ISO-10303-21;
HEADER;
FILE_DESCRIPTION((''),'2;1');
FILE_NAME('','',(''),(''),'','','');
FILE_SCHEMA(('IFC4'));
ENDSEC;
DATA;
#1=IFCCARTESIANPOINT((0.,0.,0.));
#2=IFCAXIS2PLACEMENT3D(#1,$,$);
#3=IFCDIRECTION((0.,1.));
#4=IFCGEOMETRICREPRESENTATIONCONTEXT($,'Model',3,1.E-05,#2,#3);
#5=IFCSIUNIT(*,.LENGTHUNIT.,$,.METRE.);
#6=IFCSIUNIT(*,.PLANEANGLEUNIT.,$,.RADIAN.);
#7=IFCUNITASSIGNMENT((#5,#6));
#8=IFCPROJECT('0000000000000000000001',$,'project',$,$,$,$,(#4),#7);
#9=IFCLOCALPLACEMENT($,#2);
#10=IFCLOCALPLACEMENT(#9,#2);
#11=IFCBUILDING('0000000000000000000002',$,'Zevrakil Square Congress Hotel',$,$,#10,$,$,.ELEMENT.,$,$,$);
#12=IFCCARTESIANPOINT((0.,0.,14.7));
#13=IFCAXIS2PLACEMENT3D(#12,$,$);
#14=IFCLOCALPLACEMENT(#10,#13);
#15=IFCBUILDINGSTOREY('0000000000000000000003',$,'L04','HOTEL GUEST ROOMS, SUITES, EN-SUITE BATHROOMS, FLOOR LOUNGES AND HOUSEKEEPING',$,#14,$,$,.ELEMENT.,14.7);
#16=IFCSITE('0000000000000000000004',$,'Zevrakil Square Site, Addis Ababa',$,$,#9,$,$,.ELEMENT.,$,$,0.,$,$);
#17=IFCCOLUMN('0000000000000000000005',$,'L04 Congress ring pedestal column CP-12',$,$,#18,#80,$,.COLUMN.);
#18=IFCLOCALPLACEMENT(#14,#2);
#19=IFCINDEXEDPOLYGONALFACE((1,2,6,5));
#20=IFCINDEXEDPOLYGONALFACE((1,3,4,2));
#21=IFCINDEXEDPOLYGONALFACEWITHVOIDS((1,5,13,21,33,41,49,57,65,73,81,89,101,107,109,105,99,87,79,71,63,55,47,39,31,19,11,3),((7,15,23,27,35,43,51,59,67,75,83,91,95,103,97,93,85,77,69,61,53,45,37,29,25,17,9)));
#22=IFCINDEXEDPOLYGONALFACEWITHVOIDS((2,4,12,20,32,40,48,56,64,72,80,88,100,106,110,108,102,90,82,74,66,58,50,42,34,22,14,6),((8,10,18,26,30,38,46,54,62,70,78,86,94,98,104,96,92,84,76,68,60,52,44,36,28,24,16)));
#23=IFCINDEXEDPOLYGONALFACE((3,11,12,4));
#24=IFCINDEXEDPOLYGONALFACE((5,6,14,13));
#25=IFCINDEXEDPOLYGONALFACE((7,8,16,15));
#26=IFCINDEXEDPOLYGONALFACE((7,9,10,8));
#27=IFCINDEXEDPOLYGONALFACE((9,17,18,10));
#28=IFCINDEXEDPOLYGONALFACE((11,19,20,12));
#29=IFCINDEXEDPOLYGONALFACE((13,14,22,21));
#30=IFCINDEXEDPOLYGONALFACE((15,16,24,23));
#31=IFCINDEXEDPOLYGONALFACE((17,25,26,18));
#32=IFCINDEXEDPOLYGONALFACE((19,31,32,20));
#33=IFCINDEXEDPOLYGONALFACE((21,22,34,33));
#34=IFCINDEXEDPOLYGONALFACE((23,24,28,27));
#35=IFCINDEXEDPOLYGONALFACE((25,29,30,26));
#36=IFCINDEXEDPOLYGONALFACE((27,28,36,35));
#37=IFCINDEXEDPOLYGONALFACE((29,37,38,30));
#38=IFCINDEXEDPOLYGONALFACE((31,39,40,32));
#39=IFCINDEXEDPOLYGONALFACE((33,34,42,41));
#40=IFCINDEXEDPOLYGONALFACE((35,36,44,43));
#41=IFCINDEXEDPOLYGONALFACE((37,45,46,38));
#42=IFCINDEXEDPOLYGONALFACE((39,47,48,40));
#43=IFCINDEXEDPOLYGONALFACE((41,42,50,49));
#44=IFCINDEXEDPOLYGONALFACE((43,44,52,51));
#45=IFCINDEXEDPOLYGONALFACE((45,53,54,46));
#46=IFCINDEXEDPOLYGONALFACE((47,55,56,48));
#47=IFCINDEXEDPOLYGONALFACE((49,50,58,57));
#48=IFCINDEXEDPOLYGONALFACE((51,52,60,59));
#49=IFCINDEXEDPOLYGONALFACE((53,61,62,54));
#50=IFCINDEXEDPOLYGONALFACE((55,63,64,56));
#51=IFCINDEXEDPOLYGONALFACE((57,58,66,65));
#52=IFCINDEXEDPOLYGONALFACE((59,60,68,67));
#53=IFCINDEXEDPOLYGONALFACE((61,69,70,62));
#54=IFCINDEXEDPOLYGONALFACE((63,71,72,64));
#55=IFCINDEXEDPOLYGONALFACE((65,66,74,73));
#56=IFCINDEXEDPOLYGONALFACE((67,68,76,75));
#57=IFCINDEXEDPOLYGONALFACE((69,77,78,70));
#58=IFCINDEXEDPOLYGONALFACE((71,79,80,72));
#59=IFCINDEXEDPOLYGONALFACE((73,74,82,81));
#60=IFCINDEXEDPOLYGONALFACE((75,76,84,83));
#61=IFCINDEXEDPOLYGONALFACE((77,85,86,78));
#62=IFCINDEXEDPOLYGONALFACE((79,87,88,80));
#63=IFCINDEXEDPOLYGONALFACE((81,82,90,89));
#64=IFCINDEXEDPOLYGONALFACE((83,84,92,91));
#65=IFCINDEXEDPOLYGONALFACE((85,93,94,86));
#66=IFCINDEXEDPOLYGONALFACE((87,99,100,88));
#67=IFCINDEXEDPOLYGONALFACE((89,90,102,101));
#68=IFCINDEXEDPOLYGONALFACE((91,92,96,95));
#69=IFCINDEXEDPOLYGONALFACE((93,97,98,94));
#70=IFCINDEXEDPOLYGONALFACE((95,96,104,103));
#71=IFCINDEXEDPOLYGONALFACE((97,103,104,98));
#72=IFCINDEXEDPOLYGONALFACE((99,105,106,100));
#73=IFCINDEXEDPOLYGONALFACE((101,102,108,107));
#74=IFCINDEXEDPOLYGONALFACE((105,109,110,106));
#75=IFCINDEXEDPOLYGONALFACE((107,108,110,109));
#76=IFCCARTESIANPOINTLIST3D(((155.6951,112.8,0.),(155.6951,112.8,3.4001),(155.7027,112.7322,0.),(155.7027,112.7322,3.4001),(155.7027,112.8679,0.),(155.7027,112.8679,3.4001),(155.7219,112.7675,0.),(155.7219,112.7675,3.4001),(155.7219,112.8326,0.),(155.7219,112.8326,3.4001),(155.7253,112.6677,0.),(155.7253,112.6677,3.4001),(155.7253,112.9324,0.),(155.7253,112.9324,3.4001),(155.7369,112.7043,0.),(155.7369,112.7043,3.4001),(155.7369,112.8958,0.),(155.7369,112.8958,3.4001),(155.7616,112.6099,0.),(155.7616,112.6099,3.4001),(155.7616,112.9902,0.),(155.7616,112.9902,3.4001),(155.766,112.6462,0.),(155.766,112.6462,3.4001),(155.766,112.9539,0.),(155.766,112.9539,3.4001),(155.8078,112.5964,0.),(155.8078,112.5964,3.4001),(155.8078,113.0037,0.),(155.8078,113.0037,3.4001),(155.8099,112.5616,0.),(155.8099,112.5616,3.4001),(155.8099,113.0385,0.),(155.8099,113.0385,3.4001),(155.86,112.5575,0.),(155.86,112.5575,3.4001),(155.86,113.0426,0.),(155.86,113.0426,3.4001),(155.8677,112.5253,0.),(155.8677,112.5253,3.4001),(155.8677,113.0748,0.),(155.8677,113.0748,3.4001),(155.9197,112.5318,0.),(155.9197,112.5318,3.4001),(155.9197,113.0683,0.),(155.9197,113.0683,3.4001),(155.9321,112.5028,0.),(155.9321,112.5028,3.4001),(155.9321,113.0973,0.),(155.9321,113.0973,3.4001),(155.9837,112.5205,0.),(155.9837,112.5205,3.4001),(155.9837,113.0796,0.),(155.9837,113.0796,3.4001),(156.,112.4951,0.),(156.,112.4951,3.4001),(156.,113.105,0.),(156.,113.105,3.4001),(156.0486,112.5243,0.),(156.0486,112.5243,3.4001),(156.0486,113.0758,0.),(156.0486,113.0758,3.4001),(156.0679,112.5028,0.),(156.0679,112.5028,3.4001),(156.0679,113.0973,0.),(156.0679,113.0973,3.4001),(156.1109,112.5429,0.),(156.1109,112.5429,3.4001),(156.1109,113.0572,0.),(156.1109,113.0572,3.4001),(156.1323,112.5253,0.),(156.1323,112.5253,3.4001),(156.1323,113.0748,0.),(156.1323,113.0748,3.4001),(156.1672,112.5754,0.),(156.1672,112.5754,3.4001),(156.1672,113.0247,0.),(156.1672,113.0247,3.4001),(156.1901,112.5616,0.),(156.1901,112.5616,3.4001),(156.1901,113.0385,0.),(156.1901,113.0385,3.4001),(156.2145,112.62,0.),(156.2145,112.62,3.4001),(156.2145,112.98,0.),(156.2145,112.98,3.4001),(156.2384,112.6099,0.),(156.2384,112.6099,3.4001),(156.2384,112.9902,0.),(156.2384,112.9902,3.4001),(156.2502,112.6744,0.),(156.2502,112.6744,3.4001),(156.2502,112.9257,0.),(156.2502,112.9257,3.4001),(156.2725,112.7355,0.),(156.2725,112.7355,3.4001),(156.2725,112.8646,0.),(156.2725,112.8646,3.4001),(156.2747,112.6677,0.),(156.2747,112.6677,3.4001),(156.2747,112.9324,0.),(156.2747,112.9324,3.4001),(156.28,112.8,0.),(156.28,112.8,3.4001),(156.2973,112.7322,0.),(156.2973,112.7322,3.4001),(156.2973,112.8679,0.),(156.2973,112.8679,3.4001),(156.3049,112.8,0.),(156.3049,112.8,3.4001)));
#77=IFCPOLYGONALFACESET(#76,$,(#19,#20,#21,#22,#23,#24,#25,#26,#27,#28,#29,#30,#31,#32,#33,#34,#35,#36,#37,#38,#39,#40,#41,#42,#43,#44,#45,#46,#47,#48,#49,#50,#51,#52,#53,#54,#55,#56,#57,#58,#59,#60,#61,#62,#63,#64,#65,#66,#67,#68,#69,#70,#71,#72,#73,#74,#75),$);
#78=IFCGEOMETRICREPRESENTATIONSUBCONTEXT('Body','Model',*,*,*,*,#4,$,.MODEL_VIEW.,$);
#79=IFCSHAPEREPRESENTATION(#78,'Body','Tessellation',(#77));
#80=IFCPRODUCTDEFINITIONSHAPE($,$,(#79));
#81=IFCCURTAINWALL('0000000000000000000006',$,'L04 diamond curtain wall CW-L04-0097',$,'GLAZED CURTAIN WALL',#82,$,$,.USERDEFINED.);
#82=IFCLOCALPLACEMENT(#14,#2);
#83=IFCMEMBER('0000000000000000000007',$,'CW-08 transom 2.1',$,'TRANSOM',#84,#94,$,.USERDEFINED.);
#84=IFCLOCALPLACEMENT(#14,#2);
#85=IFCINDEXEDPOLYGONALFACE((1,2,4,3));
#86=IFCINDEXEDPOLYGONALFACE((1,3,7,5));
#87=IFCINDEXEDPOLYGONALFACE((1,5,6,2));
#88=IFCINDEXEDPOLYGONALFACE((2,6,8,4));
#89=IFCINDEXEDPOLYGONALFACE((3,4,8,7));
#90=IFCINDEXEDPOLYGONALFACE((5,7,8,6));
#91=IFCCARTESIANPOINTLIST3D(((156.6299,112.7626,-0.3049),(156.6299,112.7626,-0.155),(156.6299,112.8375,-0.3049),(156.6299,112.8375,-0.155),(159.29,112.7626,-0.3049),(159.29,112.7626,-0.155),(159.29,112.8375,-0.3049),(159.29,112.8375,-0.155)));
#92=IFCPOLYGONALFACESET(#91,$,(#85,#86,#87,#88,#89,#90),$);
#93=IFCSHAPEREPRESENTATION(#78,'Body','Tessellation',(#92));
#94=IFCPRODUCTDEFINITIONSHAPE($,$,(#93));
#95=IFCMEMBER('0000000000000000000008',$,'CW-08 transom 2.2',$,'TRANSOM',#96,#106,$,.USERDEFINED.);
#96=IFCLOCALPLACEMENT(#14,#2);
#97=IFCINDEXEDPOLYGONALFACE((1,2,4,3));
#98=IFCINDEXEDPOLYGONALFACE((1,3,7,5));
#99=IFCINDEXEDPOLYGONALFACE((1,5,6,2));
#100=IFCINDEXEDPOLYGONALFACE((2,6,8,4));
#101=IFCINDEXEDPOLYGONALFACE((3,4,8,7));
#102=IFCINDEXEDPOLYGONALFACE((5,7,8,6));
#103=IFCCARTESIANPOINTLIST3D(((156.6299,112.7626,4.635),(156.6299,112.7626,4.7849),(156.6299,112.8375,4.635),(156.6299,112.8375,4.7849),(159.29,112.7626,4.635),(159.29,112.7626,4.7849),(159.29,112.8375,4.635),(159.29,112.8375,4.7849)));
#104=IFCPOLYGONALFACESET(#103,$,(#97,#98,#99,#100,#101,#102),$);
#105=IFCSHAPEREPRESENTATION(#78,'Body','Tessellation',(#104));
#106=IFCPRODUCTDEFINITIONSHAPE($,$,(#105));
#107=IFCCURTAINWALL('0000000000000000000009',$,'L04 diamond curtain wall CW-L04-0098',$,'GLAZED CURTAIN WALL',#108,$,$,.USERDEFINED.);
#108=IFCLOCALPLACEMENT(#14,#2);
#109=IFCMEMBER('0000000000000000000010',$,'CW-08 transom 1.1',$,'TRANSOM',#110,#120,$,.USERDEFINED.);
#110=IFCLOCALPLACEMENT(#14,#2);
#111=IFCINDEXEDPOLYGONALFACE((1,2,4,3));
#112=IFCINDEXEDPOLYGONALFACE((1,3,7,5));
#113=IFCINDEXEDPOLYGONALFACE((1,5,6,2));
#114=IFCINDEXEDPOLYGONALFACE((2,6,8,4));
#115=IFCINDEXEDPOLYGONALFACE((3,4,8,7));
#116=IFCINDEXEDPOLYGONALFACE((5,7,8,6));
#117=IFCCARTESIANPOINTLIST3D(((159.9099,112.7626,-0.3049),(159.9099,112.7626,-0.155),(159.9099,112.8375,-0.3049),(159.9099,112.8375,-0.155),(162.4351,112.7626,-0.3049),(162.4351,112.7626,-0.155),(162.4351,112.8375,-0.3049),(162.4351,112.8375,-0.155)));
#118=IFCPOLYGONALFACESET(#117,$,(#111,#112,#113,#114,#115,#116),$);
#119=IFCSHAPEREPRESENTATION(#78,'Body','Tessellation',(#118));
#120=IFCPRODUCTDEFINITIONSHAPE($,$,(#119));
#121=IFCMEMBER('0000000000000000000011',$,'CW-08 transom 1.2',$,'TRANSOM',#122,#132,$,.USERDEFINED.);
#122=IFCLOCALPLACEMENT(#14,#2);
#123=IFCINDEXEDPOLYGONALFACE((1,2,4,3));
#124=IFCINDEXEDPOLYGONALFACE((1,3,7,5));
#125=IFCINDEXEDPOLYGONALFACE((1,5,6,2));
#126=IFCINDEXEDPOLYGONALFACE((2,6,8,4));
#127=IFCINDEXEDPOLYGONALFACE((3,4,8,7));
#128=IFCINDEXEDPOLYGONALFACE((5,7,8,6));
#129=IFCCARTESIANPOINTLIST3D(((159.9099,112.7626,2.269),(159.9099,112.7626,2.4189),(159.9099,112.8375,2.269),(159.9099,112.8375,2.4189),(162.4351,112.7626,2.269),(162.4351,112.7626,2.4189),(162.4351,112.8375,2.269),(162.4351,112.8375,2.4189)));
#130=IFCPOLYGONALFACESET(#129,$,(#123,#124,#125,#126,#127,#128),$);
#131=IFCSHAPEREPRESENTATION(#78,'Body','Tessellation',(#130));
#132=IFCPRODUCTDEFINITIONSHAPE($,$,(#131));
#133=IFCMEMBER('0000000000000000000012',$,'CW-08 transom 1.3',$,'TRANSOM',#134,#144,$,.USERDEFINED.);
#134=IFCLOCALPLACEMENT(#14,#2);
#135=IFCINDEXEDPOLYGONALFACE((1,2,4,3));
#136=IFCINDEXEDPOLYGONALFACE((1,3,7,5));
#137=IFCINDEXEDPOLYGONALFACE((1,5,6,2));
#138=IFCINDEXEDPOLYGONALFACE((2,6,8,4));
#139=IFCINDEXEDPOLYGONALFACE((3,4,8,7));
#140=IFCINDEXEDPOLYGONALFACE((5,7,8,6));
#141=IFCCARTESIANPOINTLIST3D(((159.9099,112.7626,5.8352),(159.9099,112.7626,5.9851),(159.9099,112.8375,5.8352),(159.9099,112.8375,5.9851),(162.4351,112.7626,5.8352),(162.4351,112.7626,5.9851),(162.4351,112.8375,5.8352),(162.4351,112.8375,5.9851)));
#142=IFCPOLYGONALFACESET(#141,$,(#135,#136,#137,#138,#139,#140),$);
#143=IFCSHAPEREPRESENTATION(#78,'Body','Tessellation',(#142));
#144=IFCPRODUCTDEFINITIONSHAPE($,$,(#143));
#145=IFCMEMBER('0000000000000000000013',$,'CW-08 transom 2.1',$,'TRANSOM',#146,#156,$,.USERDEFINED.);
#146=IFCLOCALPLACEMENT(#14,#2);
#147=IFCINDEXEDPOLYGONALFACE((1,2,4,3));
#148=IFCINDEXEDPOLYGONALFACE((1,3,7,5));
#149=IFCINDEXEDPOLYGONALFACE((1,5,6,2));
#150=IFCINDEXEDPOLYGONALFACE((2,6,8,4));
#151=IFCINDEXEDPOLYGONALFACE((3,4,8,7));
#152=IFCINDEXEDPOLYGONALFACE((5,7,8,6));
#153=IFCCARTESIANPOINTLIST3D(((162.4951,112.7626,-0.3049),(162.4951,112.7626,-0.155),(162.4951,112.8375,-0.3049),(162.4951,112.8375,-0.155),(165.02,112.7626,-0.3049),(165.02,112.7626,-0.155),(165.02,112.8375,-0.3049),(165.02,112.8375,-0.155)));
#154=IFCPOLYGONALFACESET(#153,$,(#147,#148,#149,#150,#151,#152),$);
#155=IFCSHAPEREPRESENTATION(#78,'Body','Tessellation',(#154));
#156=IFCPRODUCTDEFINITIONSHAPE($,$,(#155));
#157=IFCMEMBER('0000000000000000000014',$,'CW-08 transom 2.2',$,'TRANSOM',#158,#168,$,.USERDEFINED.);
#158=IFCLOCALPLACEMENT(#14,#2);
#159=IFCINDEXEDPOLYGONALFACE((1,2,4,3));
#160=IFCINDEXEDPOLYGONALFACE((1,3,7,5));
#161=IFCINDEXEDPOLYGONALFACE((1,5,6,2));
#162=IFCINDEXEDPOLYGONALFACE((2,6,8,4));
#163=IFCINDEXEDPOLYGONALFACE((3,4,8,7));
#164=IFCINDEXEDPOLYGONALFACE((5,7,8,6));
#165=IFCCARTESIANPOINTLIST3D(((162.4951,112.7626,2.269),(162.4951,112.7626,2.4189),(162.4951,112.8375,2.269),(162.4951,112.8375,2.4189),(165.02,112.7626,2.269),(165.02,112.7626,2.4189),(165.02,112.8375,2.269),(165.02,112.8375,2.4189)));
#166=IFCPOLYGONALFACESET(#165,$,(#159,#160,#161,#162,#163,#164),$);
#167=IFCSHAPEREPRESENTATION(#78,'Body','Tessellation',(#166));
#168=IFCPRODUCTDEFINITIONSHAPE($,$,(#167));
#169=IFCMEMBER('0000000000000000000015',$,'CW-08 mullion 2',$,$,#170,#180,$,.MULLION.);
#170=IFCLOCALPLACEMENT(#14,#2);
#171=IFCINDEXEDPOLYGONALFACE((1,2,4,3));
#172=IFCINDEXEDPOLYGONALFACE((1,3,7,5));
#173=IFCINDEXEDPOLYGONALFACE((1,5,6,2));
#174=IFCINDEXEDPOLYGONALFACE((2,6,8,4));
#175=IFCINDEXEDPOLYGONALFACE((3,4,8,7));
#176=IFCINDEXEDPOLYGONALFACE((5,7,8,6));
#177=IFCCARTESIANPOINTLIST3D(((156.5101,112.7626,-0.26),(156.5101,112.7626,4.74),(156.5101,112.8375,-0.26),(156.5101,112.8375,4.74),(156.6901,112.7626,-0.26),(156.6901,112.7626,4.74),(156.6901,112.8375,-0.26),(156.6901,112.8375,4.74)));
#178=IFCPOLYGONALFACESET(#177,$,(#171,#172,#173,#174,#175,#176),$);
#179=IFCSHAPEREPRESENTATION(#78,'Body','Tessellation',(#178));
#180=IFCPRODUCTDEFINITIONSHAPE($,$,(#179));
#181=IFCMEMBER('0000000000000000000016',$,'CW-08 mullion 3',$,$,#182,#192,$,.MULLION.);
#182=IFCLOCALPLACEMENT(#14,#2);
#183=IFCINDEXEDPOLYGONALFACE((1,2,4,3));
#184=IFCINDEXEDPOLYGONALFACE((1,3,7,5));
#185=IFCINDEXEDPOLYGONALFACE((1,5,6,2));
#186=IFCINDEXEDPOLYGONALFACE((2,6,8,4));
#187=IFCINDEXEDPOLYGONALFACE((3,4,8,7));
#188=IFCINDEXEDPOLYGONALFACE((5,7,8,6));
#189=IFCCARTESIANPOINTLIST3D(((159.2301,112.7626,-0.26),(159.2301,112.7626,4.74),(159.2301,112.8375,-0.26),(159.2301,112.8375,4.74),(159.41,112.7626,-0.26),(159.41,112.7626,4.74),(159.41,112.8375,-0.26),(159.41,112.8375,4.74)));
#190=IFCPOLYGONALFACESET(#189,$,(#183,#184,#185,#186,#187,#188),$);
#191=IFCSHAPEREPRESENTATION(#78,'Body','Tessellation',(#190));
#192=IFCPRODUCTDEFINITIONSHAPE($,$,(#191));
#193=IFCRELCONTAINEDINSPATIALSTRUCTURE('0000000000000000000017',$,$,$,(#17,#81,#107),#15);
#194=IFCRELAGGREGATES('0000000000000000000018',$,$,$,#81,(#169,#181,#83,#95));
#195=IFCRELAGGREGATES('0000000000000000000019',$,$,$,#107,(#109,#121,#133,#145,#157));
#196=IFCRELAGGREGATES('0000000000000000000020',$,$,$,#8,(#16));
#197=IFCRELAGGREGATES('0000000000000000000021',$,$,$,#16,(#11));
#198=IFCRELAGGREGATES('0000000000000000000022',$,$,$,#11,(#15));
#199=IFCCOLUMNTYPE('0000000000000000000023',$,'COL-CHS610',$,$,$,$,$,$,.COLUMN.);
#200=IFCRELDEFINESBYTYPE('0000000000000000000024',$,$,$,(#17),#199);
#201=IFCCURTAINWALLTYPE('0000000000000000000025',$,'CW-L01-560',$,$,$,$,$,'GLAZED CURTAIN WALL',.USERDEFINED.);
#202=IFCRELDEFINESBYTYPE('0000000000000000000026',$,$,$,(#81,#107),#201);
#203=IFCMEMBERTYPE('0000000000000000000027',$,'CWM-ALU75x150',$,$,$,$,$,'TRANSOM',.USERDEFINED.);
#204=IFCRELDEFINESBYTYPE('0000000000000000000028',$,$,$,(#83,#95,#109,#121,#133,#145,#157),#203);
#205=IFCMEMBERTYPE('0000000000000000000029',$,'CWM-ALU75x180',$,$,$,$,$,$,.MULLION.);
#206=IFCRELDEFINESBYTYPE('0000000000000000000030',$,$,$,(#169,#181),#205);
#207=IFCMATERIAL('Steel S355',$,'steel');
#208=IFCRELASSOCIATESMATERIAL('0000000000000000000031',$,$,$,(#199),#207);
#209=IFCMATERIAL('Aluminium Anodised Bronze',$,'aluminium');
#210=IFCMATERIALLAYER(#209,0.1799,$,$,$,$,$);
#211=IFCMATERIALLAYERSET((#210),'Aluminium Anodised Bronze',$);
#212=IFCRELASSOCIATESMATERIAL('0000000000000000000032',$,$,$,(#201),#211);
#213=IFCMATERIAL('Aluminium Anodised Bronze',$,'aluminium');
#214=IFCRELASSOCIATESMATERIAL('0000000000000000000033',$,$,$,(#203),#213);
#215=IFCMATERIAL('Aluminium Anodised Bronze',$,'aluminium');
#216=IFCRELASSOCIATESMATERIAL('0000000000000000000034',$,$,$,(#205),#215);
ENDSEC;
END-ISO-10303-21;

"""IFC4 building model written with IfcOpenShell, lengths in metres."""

from ifc_helpers import new_model, si_unit, direction, frame, origin, origin_2d, place, context, subcontext, project, spatial, rectangle, hollow_circle, extrude, material, layer, layer_set, material_profile, profile_set, type_object, element, aggregate, save


model = new_model("IFC4")

# Units and contexts
model_context = context("Model", 3, precision=1e-05, world=origin(), true_north=direction((0.0, 1.0)))
body_context = subcontext(model_context, "Body", "Model", "MODEL_VIEW")
ifc_project = project(units=[si_unit("LENGTHUNIT", "METRE"), si_unit("PLANEANGLEUNIT", "RADIAN")], contexts=[model_context])

# Site, building, storey
site_placement = place(None, origin())
site = spatial("IfcSite", under=ifc_project, at=site_placement, Name="Zevrakil Square Site, Addis Ababa", CompositionType="ELEMENT", RefElevation=0.0)
building_placement = place(site_placement, origin())
building = spatial("IfcBuilding", under=site, at=building_placement, Name="Zevrakil Square Congress Hotel", CompositionType="ELEMENT")
storey_placement = place(building_placement, frame((0.0, 0.0, 14.7)))
storey = spatial("IfcBuildingStorey", under=building, at=storey_placement, Name="L04", Description="HOTEL GUEST ROOMS, SUITES, EN-SUITE BATHROOMS, FLOOR LOUNGES AND HOUSEKEEPING", CompositionType="ELEMENT", Elevation=14.7)

# Column
ifc_material_1 = material(Name="Steel S355", Category="steel")
ifc_material_profile_1 = material_profile(ifc_material_1, hollow_circle(Radius=0.3049, WallThickness=0.0249, at=origin_2d()), Name="CHS 610x25")
ifc_profile_set_1 = profile_set([ifc_material_profile_1], Name="Steel S355")
column_type = type_object("IfcColumnType", Name="COL-CHS610", PredefinedType="COLUMN", material=ifc_profile_set_1)
column_placement = place(storey_placement, frame((156.0, 112.8, 0.0), z_axis=(0.0, 0.0, 1.0), x_axis=(1.0, 0.0, 0.0)))
element("IfcColumn", 1, at=column_placement, inside=storey, type_object=column_type, Name="L04 Congress ring pedestal column CP-12", PredefinedType="COLUMN", context=body_context, shape_type="SweptSolid", body=[
    extrude(hollow_circle(Radius=0.3049, WallThickness=0.0249, at=origin_2d()), origin(), (0.0, 0.0, 1.0), 3.4001),
])

# Curtain walls, members
ifc_material_2 = material(Name="Aluminium Anodised Bronze", Category="aluminium")
ifc_layer_1 = layer(ifc_material_2, 0.1799)
ifc_layer_set_1 = layer_set([ifc_layer_1], Name="Aluminium Anodised Bronze")
curtain_wall_type = type_object("IfcCurtainWallType", Name="CW-L01-560", ElementType="GLAZED CURTAIN WALL", PredefinedType="USERDEFINED", material=ifc_layer_set_1)
curtain_wall_1_placement = place(storey_placement, origin())
curtain_wall_1 = element("IfcCurtainWall", 2, at=curtain_wall_1_placement, inside=storey, type_object=curtain_wall_type, Name="L04 diamond curtain wall CW-L04-0097", ObjectType="GLAZED CURTAIN WALL", PredefinedType="USERDEFINED")
ifc_material_3 = material(Name="Aluminium Anodised Bronze", Category="aluminium")
ifc_material_profile_2 = material_profile(ifc_material_3, rectangle(XDim=0.075, YDim=0.1499, at=origin_2d()), Name="ALU 75x150")
ifc_profile_set_2 = profile_set([ifc_material_profile_2], Name="Aluminium Anodised Bronze")
member_type_1 = type_object("IfcMemberType", Name="CWM-ALU75x150", ElementType="TRANSOM", PredefinedType="USERDEFINED", material=ifc_profile_set_2)
member_1_placement = place(storey_placement, frame((156.6299, 112.8, -0.23), z_axis=(1.0, 0.0, 0.0), x_axis=(0.0, 1.0, 0.0)))
member_1 = element("IfcMember", 3, at=member_1_placement, type_object=member_type_1, Name="CW-08 transom 2.1", ObjectType="TRANSOM", PredefinedType="USERDEFINED", context=body_context, shape_type="SweptSolid", body=[
    extrude(rectangle(XDim=0.075, YDim=0.1499, at=origin_2d()), origin(), (0.0, 0.0, 1.0), 2.6602),
])
member_2_placement = place(storey_placement, frame((156.6299, 112.8, 4.71), z_axis=(1.0, 0.0, 0.0), x_axis=(0.0, 1.0, 0.0)))
member_2 = element("IfcMember", 4, at=member_2_placement, type_object=member_type_1, Name="CW-08 transom 2.2", ObjectType="TRANSOM", PredefinedType="USERDEFINED", context=body_context, shape_type="SweptSolid", body=[
    extrude(rectangle(XDim=0.075, YDim=0.1499, at=origin_2d()), origin(), (0.0, 0.0, 1.0), 2.6602),
])
curtain_wall_2_placement = place(storey_placement, origin())
curtain_wall_2 = element("IfcCurtainWall", 5, at=curtain_wall_2_placement, inside=storey, type_object=curtain_wall_type, Name="L04 diamond curtain wall CW-L04-0098", ObjectType="GLAZED CURTAIN WALL", PredefinedType="USERDEFINED")
member_3_placement = place(storey_placement, frame((159.9099, 112.8, -0.23), z_axis=(1.0, 0.0, 0.0), x_axis=(0.0, 1.0, 0.0)))
member_3 = element("IfcMember", 6, at=member_3_placement, type_object=member_type_1, Name="CW-08 transom 1.1", ObjectType="TRANSOM", PredefinedType="USERDEFINED", context=body_context, shape_type="SweptSolid", body=[
    extrude(rectangle(XDim=0.075, YDim=0.1499, at=origin_2d()), origin(), (0.0, 0.0, 1.0), 2.5251),
])
member_4_placement = place(storey_placement, frame((159.9099, 112.8, 2.344), z_axis=(1.0, 0.0, 0.0), x_axis=(0.0, 1.0, 0.0)))
member_4 = element("IfcMember", 7, at=member_4_placement, type_object=member_type_1, Name="CW-08 transom 1.2", ObjectType="TRANSOM", PredefinedType="USERDEFINED", context=body_context, shape_type="SweptSolid", body=[
    extrude(rectangle(XDim=0.075, YDim=0.1499, at=origin_2d()), origin(), (0.0, 0.0, 1.0), 2.5251),
])
member_5_placement = place(storey_placement, frame((159.9099, 112.8, 5.9102), z_axis=(1.0, 0.0, 0.0), x_axis=(0.0, 1.0, 0.0)))
member_5 = element("IfcMember", 8, at=member_5_placement, type_object=member_type_1, Name="CW-08 transom 1.3", ObjectType="TRANSOM", PredefinedType="USERDEFINED", context=body_context, shape_type="SweptSolid", body=[
    extrude(rectangle(XDim=0.075, YDim=0.1499, at=origin_2d()), origin(), (0.0, 0.0, 1.0), 2.5251),
])
member_6_placement = place(storey_placement, frame((162.4951, 112.8, -0.23), z_axis=(1.0, 0.0, 0.0), x_axis=(0.0, 1.0, 0.0)))
member_6 = element("IfcMember", 9, at=member_6_placement, type_object=member_type_1, Name="CW-08 transom 2.1", ObjectType="TRANSOM", PredefinedType="USERDEFINED", context=body_context, shape_type="SweptSolid", body=[
    extrude(rectangle(XDim=0.075, YDim=0.1499, at=origin_2d()), origin(), (0.0, 0.0, 1.0), 2.5249),
])
member_7_placement = place(storey_placement, frame((162.4951, 112.8, 2.344), z_axis=(1.0, 0.0, 0.0), x_axis=(0.0, 1.0, 0.0)))
member_7 = element("IfcMember", 10, at=member_7_placement, type_object=member_type_1, Name="CW-08 transom 2.2", ObjectType="TRANSOM", PredefinedType="USERDEFINED", context=body_context, shape_type="SweptSolid", body=[
    extrude(rectangle(XDim=0.075, YDim=0.1499, at=origin_2d()), origin(), (0.0, 0.0, 1.0), 2.5249),
])

# Members
ifc_material_4 = material(Name="Aluminium Anodised Bronze", Category="aluminium")
ifc_material_profile_3 = material_profile(ifc_material_4, rectangle(XDim=0.075, YDim=0.1799, at=origin_2d()), Name="ALU 75x180")
ifc_profile_set_3 = profile_set([ifc_material_profile_3], Name="Aluminium Anodised Bronze")
member_type_2 = type_object("IfcMemberType", Name="CWM-ALU75x180", PredefinedType="MULLION", material=ifc_profile_set_3)
member_8_placement = place(storey_placement, frame((156.6001, 112.8, -0.26), z_axis=(0.0, 0.0, 1.0), x_axis=(0.0, 1.0, 0.0)))
member_8 = element("IfcMember", 11, at=member_8_placement, type_object=member_type_2, Name="CW-08 mullion 2", PredefinedType="MULLION", context=body_context, shape_type="SweptSolid", body=[
    extrude(rectangle(XDim=0.075, YDim=0.1799, at=origin_2d()), origin(), (0.0, 0.0, 1.0), 5.0),
])
member_9_placement = place(storey_placement, frame((159.3201, 112.8, -0.26), z_axis=(0.0, 0.0, 1.0), x_axis=(0.0, 1.0, 0.0)))
member_9 = element("IfcMember", 12, at=member_9_placement, type_object=member_type_2, Name="CW-08 mullion 3", PredefinedType="MULLION", context=body_context, shape_type="SweptSolid", body=[
    extrude(rectangle(XDim=0.075, YDim=0.1799, at=origin_2d()), origin(), (0.0, 0.0, 1.0), 5.0),
])

aggregate(curtain_wall_1, [member_8, member_9, member_1, member_2])
aggregate(curtain_wall_2, [member_3, member_4, member_5, member_6, member_7])

save(model, "model.ifc")
